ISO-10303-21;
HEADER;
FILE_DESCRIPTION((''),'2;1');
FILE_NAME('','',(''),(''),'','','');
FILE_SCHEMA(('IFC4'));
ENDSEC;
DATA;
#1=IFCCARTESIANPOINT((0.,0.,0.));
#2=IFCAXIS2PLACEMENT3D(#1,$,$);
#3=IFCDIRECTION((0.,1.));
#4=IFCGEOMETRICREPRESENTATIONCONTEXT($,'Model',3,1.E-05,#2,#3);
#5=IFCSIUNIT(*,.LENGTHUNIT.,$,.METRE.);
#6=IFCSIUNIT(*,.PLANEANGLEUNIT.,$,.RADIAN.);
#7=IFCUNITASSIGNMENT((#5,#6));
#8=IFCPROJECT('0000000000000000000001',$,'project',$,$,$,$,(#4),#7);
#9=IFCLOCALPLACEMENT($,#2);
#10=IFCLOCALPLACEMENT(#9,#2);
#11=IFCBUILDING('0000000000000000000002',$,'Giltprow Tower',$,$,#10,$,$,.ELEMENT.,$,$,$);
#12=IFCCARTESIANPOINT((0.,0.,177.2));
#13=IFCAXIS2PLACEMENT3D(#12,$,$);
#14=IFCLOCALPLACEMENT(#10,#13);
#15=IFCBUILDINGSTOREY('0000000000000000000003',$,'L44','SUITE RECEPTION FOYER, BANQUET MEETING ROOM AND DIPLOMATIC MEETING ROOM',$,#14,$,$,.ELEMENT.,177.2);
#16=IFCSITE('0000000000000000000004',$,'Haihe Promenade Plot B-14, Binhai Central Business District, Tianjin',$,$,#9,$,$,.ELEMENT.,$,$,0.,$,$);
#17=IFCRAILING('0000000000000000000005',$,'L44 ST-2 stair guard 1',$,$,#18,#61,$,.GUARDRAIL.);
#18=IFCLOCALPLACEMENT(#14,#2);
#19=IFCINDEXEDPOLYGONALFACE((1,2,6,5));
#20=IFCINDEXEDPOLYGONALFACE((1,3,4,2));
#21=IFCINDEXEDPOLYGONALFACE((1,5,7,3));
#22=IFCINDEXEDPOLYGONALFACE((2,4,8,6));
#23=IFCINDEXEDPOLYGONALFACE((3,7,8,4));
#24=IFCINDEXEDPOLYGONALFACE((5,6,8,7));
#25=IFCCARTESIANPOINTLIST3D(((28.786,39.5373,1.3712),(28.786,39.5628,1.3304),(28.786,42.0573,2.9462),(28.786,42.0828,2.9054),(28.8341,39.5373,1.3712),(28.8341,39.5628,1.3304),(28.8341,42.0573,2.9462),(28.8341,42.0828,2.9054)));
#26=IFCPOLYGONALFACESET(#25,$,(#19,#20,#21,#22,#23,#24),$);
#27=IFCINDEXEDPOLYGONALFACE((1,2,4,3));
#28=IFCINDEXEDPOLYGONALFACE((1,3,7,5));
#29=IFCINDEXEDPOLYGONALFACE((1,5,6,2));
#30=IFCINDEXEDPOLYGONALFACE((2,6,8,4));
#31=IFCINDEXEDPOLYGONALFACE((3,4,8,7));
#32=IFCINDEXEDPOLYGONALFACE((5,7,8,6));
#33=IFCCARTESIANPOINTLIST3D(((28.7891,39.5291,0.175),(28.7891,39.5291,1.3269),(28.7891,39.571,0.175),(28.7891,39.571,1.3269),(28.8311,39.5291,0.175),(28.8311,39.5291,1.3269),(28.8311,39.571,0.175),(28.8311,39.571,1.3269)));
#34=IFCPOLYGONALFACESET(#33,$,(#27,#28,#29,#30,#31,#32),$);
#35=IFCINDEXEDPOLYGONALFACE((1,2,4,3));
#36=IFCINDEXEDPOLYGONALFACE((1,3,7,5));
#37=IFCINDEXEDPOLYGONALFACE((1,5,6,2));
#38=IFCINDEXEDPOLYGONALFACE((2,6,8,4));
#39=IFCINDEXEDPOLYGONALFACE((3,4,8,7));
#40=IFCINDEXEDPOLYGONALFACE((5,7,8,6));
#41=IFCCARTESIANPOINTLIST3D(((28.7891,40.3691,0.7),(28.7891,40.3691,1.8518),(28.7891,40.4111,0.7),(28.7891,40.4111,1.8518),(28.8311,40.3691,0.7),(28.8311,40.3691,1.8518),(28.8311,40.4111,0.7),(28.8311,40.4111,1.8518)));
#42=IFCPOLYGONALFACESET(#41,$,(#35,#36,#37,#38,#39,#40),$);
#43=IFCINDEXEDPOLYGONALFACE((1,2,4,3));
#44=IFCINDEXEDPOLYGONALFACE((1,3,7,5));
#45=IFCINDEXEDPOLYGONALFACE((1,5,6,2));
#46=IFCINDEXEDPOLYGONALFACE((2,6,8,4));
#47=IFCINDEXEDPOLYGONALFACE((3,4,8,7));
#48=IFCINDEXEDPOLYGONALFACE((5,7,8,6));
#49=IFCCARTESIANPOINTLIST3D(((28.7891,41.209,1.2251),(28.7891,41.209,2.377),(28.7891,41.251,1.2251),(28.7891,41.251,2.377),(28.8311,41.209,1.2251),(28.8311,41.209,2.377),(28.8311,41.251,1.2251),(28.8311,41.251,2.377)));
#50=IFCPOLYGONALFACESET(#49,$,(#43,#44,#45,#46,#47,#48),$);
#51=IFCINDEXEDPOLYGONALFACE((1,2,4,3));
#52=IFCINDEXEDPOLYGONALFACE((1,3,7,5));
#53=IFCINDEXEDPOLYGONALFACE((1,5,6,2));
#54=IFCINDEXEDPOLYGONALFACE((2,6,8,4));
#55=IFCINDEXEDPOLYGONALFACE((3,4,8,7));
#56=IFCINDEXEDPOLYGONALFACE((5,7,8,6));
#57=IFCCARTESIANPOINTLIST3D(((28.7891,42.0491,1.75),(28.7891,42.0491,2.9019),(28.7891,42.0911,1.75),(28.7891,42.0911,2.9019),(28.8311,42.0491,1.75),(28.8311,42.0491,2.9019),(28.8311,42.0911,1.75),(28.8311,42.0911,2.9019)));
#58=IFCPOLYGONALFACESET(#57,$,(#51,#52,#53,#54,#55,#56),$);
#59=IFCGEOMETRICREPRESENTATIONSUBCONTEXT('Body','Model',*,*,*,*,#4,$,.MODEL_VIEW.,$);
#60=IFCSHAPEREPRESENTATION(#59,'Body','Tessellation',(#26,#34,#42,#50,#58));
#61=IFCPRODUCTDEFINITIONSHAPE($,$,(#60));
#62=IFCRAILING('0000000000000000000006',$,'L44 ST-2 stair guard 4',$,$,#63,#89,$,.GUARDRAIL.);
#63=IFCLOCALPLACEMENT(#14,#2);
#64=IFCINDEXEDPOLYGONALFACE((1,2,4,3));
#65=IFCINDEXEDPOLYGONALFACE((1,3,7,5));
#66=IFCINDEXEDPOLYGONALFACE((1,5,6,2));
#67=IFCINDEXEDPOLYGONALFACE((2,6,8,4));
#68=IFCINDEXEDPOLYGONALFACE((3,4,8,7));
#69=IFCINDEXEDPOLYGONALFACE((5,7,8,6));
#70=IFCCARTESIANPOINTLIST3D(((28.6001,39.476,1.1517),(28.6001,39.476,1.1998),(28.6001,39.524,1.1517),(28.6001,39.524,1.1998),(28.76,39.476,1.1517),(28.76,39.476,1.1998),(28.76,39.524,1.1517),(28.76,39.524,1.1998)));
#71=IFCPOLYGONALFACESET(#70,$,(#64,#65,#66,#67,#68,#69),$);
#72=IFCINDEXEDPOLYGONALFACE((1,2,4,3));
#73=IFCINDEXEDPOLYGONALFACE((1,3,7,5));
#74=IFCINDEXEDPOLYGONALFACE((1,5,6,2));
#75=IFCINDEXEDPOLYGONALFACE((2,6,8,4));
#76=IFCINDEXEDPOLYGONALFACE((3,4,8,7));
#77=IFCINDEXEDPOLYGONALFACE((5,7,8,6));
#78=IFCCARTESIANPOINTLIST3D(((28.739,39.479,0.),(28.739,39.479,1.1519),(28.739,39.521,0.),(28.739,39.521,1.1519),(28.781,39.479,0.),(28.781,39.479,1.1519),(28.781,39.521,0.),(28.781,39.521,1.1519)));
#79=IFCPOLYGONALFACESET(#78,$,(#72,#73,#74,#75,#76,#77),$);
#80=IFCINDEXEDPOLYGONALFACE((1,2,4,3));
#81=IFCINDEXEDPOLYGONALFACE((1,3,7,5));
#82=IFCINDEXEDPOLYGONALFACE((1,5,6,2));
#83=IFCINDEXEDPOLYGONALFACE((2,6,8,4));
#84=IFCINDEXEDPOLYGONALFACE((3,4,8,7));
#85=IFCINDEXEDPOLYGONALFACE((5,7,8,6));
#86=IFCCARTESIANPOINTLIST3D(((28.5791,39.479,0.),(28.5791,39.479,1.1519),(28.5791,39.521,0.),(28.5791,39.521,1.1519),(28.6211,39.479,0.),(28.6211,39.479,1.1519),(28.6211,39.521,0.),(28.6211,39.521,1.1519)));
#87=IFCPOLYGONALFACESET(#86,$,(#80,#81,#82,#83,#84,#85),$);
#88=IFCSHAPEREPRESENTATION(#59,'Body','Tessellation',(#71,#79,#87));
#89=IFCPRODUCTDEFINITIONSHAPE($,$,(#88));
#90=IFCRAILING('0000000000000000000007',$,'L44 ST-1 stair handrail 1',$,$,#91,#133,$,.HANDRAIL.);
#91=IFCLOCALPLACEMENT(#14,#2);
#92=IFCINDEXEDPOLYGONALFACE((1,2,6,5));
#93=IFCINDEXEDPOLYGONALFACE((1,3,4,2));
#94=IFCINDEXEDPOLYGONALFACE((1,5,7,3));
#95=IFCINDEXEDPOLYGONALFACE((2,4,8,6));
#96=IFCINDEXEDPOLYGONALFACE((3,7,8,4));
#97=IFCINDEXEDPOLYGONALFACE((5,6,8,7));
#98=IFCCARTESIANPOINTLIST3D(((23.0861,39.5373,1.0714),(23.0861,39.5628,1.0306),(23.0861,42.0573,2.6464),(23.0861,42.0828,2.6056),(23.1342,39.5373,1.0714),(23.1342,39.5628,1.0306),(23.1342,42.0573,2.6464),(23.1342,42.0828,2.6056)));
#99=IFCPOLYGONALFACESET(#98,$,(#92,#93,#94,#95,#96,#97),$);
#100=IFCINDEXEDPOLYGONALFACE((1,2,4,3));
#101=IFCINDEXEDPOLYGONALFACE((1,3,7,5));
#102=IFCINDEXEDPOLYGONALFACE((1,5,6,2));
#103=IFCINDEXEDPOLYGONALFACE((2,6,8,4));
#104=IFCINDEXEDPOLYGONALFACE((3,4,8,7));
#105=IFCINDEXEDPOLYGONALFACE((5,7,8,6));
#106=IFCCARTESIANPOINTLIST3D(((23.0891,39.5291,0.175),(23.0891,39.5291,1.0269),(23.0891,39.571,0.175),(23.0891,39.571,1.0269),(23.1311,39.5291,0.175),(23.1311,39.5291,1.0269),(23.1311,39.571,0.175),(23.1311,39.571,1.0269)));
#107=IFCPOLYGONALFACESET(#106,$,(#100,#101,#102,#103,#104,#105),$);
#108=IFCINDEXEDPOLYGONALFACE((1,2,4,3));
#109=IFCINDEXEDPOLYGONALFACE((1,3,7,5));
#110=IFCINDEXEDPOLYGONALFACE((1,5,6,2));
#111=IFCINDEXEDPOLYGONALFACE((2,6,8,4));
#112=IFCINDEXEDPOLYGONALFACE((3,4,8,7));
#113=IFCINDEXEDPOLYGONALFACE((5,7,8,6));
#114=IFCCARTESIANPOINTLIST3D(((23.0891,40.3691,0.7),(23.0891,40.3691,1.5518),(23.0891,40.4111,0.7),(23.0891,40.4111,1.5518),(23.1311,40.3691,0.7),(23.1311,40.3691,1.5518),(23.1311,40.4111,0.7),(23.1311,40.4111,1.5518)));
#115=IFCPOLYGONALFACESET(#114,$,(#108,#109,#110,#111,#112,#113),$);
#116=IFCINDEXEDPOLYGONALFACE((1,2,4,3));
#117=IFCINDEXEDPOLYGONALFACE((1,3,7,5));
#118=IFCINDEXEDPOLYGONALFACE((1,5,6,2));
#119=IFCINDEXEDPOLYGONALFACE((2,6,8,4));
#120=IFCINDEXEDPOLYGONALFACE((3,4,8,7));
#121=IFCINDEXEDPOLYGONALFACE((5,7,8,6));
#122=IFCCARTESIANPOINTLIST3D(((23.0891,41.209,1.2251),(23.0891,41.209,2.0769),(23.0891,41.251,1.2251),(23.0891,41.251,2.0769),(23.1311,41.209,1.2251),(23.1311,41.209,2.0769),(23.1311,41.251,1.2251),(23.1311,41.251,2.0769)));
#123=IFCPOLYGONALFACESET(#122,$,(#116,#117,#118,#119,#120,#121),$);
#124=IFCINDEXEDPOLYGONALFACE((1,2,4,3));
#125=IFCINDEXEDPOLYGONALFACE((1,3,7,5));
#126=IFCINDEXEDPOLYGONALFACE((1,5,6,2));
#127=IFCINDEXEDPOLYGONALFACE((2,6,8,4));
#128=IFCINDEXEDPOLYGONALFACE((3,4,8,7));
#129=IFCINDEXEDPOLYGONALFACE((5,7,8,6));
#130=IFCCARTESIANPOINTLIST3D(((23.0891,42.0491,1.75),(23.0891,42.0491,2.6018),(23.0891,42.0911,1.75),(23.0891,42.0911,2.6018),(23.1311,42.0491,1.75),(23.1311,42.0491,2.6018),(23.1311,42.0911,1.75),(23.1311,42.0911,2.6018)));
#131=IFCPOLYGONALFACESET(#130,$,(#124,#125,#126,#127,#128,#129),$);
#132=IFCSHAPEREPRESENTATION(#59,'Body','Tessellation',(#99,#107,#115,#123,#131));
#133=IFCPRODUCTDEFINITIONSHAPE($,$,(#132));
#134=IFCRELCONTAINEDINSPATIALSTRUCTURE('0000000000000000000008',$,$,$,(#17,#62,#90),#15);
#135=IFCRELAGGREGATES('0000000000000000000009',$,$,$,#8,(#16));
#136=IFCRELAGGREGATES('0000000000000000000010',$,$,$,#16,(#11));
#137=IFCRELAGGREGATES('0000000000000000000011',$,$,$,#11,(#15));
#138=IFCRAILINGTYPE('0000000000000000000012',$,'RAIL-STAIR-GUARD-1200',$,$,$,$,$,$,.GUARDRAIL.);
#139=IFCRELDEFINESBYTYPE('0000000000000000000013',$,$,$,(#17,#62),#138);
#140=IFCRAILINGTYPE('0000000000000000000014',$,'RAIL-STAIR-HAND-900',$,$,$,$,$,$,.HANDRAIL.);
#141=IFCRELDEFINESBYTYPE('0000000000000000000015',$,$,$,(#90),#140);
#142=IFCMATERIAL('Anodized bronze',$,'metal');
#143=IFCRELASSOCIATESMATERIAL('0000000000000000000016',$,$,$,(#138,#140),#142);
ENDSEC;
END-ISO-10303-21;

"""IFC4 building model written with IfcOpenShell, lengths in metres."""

from ifc_helpers import new_model, si_unit, direction, frame, origin, origin_2d, place, context, subcontext, project, spatial, rectangle, extrude, material, type_object, element, save


model = new_model("IFC4")

# Units and contexts
model_context = context("Model", 3, precision=1e-05, world=origin(), true_north=direction((0.0, 1.0)))
body_context = subcontext(model_context, "Body", "Model", "MODEL_VIEW")
ifc_project = project(units=[si_unit("LENGTHUNIT", "METRE"), si_unit("PLANEANGLEUNIT", "RADIAN")], contexts=[model_context])

# Site, building, storey
site_placement = place(None, origin())
site = spatial("IfcSite", under=ifc_project, at=site_placement, Name="Haihe Promenade Plot B-14, Binhai Central Business District, Tianjin", CompositionType="ELEMENT", RefElevation=0.0)
building_placement = place(site_placement, origin())
building = spatial("IfcBuilding", under=site, at=building_placement, Name="Giltprow Tower", CompositionType="ELEMENT")
storey_placement = place(building_placement, frame((0.0, 0.0, 177.2)))
storey = spatial("IfcBuildingStorey", under=building, at=storey_placement, Name="L44", Description="SUITE RECEPTION FOYER, BANQUET MEETING ROOM AND DIPLOMATIC MEETING ROOM", CompositionType="ELEMENT", Elevation=177.2)

# Railings
ifc_material_1 = material(Name="Anodized bronze", Category="metal")
railing_type_1 = type_object("IfcRailingType", Name="RAIL-STAIR-GUARD-1200", PredefinedType="GUARDRAIL", material=ifc_material_1)
railing_1_placement = place(storey_placement, frame((28.8101, 39.55, 0.175)))
element("IfcRailing", 1, at=railing_1_placement, inside=storey, type_object=railing_type_1, Name="L44 ST-2 stair guard 1", PredefinedType="GUARDRAIL", context=body_context, shape_type="SweptSolid", body=[
    extrude(rectangle(XDim=0.0481, YDim=0.0481, at=origin_2d()), frame((0.0, 0.0, 1.1758), z_axis=(0.0, 0.848008, 0.529984), x_axis=(-1.0, 0.0, 0.0)), (0.0, 0.0, 1.0), 2.9717),
    extrude(rectangle(XDim=0.042, YDim=0.042, at=origin_2d()), origin(), (0.0, 0.0, 1.0), 1.1519),
    extrude(rectangle(XDim=0.042, YDim=0.042, at=origin_2d()), frame((0.0, 0.8401, 0.5249)), (0.0, 0.0, 1.0), 1.1519),
    extrude(rectangle(XDim=0.042, YDim=0.042, at=origin_2d()), frame((0.0, 1.6799, 1.05)), (0.0, 0.0, 1.0), 1.1519),
    extrude(rectangle(XDim=0.042, YDim=0.042, at=origin_2d()), frame((0.0, 2.52, 1.575)), (0.0, 0.0, 1.0), 1.1519),
])
railing_2_placement = place(storey_placement, frame((28.76, 39.5, 0.0)))
element("IfcRailing", 2, at=railing_2_placement, inside=storey, type_object=railing_type_1, Name="L44 ST-2 stair guard 4", PredefinedType="GUARDRAIL", context=body_context, shape_type="SweptSolid", body=[
    extrude(rectangle(XDim=0.0481, YDim=0.0481, at=origin_2d()), frame((0.0, 0.0, 1.1758), z_axis=(-1.0, 0.0, 0.0), x_axis=(0.0, -1.0, 0.0)), (0.0, 0.0, 1.0), 0.1599),
    extrude(rectangle(XDim=0.042, YDim=0.042, at=origin_2d()), origin(), (0.0, 0.0, 1.0), 1.1519),
    extrude(rectangle(XDim=0.042, YDim=0.042, at=origin_2d()), frame((-0.1599, 0.0, 0.0)), (0.0, 0.0, 1.0), 1.1519),
])
railing_type_2 = type_object("IfcRailingType", Name="RAIL-STAIR-HAND-900", PredefinedType="HANDRAIL", material=ifc_material_1)
railing_3_placement = place(storey_placement, frame((23.1101, 39.55, 0.175)))
element("IfcRailing", 3, at=railing_3_placement, inside=storey, type_object=railing_type_2, Name="L44 ST-1 stair handrail 1", PredefinedType="HANDRAIL", context=body_context, shape_type="SweptSolid", body=[
    extrude(rectangle(XDim=0.0481, YDim=0.0481, at=origin_2d()), frame((0.0, 0.0, 0.876), z_axis=(0.0, 0.848008, 0.529984), x_axis=(-1.0, 0.0, 0.0)), (0.0, 0.0, 1.0), 2.9717),
    extrude(rectangle(XDim=0.042, YDim=0.042, at=origin_2d()), origin(), (0.0, 0.0, 1.0), 0.8518),
    extrude(rectangle(XDim=0.042, YDim=0.042, at=origin_2d()), frame((0.0, 0.8401, 0.5249)), (0.0, 0.0, 1.0), 0.8518),
    extrude(rectangle(XDim=0.042, YDim=0.042, at=origin_2d()), frame((0.0, 1.6799, 1.05)), (0.0, 0.0, 1.0), 0.8518),
    extrude(rectangle(XDim=0.042, YDim=0.042, at=origin_2d()), frame((0.0, 2.52, 1.575)), (0.0, 0.0, 1.0), 0.8518),
])

save(model, "model.ifc")
